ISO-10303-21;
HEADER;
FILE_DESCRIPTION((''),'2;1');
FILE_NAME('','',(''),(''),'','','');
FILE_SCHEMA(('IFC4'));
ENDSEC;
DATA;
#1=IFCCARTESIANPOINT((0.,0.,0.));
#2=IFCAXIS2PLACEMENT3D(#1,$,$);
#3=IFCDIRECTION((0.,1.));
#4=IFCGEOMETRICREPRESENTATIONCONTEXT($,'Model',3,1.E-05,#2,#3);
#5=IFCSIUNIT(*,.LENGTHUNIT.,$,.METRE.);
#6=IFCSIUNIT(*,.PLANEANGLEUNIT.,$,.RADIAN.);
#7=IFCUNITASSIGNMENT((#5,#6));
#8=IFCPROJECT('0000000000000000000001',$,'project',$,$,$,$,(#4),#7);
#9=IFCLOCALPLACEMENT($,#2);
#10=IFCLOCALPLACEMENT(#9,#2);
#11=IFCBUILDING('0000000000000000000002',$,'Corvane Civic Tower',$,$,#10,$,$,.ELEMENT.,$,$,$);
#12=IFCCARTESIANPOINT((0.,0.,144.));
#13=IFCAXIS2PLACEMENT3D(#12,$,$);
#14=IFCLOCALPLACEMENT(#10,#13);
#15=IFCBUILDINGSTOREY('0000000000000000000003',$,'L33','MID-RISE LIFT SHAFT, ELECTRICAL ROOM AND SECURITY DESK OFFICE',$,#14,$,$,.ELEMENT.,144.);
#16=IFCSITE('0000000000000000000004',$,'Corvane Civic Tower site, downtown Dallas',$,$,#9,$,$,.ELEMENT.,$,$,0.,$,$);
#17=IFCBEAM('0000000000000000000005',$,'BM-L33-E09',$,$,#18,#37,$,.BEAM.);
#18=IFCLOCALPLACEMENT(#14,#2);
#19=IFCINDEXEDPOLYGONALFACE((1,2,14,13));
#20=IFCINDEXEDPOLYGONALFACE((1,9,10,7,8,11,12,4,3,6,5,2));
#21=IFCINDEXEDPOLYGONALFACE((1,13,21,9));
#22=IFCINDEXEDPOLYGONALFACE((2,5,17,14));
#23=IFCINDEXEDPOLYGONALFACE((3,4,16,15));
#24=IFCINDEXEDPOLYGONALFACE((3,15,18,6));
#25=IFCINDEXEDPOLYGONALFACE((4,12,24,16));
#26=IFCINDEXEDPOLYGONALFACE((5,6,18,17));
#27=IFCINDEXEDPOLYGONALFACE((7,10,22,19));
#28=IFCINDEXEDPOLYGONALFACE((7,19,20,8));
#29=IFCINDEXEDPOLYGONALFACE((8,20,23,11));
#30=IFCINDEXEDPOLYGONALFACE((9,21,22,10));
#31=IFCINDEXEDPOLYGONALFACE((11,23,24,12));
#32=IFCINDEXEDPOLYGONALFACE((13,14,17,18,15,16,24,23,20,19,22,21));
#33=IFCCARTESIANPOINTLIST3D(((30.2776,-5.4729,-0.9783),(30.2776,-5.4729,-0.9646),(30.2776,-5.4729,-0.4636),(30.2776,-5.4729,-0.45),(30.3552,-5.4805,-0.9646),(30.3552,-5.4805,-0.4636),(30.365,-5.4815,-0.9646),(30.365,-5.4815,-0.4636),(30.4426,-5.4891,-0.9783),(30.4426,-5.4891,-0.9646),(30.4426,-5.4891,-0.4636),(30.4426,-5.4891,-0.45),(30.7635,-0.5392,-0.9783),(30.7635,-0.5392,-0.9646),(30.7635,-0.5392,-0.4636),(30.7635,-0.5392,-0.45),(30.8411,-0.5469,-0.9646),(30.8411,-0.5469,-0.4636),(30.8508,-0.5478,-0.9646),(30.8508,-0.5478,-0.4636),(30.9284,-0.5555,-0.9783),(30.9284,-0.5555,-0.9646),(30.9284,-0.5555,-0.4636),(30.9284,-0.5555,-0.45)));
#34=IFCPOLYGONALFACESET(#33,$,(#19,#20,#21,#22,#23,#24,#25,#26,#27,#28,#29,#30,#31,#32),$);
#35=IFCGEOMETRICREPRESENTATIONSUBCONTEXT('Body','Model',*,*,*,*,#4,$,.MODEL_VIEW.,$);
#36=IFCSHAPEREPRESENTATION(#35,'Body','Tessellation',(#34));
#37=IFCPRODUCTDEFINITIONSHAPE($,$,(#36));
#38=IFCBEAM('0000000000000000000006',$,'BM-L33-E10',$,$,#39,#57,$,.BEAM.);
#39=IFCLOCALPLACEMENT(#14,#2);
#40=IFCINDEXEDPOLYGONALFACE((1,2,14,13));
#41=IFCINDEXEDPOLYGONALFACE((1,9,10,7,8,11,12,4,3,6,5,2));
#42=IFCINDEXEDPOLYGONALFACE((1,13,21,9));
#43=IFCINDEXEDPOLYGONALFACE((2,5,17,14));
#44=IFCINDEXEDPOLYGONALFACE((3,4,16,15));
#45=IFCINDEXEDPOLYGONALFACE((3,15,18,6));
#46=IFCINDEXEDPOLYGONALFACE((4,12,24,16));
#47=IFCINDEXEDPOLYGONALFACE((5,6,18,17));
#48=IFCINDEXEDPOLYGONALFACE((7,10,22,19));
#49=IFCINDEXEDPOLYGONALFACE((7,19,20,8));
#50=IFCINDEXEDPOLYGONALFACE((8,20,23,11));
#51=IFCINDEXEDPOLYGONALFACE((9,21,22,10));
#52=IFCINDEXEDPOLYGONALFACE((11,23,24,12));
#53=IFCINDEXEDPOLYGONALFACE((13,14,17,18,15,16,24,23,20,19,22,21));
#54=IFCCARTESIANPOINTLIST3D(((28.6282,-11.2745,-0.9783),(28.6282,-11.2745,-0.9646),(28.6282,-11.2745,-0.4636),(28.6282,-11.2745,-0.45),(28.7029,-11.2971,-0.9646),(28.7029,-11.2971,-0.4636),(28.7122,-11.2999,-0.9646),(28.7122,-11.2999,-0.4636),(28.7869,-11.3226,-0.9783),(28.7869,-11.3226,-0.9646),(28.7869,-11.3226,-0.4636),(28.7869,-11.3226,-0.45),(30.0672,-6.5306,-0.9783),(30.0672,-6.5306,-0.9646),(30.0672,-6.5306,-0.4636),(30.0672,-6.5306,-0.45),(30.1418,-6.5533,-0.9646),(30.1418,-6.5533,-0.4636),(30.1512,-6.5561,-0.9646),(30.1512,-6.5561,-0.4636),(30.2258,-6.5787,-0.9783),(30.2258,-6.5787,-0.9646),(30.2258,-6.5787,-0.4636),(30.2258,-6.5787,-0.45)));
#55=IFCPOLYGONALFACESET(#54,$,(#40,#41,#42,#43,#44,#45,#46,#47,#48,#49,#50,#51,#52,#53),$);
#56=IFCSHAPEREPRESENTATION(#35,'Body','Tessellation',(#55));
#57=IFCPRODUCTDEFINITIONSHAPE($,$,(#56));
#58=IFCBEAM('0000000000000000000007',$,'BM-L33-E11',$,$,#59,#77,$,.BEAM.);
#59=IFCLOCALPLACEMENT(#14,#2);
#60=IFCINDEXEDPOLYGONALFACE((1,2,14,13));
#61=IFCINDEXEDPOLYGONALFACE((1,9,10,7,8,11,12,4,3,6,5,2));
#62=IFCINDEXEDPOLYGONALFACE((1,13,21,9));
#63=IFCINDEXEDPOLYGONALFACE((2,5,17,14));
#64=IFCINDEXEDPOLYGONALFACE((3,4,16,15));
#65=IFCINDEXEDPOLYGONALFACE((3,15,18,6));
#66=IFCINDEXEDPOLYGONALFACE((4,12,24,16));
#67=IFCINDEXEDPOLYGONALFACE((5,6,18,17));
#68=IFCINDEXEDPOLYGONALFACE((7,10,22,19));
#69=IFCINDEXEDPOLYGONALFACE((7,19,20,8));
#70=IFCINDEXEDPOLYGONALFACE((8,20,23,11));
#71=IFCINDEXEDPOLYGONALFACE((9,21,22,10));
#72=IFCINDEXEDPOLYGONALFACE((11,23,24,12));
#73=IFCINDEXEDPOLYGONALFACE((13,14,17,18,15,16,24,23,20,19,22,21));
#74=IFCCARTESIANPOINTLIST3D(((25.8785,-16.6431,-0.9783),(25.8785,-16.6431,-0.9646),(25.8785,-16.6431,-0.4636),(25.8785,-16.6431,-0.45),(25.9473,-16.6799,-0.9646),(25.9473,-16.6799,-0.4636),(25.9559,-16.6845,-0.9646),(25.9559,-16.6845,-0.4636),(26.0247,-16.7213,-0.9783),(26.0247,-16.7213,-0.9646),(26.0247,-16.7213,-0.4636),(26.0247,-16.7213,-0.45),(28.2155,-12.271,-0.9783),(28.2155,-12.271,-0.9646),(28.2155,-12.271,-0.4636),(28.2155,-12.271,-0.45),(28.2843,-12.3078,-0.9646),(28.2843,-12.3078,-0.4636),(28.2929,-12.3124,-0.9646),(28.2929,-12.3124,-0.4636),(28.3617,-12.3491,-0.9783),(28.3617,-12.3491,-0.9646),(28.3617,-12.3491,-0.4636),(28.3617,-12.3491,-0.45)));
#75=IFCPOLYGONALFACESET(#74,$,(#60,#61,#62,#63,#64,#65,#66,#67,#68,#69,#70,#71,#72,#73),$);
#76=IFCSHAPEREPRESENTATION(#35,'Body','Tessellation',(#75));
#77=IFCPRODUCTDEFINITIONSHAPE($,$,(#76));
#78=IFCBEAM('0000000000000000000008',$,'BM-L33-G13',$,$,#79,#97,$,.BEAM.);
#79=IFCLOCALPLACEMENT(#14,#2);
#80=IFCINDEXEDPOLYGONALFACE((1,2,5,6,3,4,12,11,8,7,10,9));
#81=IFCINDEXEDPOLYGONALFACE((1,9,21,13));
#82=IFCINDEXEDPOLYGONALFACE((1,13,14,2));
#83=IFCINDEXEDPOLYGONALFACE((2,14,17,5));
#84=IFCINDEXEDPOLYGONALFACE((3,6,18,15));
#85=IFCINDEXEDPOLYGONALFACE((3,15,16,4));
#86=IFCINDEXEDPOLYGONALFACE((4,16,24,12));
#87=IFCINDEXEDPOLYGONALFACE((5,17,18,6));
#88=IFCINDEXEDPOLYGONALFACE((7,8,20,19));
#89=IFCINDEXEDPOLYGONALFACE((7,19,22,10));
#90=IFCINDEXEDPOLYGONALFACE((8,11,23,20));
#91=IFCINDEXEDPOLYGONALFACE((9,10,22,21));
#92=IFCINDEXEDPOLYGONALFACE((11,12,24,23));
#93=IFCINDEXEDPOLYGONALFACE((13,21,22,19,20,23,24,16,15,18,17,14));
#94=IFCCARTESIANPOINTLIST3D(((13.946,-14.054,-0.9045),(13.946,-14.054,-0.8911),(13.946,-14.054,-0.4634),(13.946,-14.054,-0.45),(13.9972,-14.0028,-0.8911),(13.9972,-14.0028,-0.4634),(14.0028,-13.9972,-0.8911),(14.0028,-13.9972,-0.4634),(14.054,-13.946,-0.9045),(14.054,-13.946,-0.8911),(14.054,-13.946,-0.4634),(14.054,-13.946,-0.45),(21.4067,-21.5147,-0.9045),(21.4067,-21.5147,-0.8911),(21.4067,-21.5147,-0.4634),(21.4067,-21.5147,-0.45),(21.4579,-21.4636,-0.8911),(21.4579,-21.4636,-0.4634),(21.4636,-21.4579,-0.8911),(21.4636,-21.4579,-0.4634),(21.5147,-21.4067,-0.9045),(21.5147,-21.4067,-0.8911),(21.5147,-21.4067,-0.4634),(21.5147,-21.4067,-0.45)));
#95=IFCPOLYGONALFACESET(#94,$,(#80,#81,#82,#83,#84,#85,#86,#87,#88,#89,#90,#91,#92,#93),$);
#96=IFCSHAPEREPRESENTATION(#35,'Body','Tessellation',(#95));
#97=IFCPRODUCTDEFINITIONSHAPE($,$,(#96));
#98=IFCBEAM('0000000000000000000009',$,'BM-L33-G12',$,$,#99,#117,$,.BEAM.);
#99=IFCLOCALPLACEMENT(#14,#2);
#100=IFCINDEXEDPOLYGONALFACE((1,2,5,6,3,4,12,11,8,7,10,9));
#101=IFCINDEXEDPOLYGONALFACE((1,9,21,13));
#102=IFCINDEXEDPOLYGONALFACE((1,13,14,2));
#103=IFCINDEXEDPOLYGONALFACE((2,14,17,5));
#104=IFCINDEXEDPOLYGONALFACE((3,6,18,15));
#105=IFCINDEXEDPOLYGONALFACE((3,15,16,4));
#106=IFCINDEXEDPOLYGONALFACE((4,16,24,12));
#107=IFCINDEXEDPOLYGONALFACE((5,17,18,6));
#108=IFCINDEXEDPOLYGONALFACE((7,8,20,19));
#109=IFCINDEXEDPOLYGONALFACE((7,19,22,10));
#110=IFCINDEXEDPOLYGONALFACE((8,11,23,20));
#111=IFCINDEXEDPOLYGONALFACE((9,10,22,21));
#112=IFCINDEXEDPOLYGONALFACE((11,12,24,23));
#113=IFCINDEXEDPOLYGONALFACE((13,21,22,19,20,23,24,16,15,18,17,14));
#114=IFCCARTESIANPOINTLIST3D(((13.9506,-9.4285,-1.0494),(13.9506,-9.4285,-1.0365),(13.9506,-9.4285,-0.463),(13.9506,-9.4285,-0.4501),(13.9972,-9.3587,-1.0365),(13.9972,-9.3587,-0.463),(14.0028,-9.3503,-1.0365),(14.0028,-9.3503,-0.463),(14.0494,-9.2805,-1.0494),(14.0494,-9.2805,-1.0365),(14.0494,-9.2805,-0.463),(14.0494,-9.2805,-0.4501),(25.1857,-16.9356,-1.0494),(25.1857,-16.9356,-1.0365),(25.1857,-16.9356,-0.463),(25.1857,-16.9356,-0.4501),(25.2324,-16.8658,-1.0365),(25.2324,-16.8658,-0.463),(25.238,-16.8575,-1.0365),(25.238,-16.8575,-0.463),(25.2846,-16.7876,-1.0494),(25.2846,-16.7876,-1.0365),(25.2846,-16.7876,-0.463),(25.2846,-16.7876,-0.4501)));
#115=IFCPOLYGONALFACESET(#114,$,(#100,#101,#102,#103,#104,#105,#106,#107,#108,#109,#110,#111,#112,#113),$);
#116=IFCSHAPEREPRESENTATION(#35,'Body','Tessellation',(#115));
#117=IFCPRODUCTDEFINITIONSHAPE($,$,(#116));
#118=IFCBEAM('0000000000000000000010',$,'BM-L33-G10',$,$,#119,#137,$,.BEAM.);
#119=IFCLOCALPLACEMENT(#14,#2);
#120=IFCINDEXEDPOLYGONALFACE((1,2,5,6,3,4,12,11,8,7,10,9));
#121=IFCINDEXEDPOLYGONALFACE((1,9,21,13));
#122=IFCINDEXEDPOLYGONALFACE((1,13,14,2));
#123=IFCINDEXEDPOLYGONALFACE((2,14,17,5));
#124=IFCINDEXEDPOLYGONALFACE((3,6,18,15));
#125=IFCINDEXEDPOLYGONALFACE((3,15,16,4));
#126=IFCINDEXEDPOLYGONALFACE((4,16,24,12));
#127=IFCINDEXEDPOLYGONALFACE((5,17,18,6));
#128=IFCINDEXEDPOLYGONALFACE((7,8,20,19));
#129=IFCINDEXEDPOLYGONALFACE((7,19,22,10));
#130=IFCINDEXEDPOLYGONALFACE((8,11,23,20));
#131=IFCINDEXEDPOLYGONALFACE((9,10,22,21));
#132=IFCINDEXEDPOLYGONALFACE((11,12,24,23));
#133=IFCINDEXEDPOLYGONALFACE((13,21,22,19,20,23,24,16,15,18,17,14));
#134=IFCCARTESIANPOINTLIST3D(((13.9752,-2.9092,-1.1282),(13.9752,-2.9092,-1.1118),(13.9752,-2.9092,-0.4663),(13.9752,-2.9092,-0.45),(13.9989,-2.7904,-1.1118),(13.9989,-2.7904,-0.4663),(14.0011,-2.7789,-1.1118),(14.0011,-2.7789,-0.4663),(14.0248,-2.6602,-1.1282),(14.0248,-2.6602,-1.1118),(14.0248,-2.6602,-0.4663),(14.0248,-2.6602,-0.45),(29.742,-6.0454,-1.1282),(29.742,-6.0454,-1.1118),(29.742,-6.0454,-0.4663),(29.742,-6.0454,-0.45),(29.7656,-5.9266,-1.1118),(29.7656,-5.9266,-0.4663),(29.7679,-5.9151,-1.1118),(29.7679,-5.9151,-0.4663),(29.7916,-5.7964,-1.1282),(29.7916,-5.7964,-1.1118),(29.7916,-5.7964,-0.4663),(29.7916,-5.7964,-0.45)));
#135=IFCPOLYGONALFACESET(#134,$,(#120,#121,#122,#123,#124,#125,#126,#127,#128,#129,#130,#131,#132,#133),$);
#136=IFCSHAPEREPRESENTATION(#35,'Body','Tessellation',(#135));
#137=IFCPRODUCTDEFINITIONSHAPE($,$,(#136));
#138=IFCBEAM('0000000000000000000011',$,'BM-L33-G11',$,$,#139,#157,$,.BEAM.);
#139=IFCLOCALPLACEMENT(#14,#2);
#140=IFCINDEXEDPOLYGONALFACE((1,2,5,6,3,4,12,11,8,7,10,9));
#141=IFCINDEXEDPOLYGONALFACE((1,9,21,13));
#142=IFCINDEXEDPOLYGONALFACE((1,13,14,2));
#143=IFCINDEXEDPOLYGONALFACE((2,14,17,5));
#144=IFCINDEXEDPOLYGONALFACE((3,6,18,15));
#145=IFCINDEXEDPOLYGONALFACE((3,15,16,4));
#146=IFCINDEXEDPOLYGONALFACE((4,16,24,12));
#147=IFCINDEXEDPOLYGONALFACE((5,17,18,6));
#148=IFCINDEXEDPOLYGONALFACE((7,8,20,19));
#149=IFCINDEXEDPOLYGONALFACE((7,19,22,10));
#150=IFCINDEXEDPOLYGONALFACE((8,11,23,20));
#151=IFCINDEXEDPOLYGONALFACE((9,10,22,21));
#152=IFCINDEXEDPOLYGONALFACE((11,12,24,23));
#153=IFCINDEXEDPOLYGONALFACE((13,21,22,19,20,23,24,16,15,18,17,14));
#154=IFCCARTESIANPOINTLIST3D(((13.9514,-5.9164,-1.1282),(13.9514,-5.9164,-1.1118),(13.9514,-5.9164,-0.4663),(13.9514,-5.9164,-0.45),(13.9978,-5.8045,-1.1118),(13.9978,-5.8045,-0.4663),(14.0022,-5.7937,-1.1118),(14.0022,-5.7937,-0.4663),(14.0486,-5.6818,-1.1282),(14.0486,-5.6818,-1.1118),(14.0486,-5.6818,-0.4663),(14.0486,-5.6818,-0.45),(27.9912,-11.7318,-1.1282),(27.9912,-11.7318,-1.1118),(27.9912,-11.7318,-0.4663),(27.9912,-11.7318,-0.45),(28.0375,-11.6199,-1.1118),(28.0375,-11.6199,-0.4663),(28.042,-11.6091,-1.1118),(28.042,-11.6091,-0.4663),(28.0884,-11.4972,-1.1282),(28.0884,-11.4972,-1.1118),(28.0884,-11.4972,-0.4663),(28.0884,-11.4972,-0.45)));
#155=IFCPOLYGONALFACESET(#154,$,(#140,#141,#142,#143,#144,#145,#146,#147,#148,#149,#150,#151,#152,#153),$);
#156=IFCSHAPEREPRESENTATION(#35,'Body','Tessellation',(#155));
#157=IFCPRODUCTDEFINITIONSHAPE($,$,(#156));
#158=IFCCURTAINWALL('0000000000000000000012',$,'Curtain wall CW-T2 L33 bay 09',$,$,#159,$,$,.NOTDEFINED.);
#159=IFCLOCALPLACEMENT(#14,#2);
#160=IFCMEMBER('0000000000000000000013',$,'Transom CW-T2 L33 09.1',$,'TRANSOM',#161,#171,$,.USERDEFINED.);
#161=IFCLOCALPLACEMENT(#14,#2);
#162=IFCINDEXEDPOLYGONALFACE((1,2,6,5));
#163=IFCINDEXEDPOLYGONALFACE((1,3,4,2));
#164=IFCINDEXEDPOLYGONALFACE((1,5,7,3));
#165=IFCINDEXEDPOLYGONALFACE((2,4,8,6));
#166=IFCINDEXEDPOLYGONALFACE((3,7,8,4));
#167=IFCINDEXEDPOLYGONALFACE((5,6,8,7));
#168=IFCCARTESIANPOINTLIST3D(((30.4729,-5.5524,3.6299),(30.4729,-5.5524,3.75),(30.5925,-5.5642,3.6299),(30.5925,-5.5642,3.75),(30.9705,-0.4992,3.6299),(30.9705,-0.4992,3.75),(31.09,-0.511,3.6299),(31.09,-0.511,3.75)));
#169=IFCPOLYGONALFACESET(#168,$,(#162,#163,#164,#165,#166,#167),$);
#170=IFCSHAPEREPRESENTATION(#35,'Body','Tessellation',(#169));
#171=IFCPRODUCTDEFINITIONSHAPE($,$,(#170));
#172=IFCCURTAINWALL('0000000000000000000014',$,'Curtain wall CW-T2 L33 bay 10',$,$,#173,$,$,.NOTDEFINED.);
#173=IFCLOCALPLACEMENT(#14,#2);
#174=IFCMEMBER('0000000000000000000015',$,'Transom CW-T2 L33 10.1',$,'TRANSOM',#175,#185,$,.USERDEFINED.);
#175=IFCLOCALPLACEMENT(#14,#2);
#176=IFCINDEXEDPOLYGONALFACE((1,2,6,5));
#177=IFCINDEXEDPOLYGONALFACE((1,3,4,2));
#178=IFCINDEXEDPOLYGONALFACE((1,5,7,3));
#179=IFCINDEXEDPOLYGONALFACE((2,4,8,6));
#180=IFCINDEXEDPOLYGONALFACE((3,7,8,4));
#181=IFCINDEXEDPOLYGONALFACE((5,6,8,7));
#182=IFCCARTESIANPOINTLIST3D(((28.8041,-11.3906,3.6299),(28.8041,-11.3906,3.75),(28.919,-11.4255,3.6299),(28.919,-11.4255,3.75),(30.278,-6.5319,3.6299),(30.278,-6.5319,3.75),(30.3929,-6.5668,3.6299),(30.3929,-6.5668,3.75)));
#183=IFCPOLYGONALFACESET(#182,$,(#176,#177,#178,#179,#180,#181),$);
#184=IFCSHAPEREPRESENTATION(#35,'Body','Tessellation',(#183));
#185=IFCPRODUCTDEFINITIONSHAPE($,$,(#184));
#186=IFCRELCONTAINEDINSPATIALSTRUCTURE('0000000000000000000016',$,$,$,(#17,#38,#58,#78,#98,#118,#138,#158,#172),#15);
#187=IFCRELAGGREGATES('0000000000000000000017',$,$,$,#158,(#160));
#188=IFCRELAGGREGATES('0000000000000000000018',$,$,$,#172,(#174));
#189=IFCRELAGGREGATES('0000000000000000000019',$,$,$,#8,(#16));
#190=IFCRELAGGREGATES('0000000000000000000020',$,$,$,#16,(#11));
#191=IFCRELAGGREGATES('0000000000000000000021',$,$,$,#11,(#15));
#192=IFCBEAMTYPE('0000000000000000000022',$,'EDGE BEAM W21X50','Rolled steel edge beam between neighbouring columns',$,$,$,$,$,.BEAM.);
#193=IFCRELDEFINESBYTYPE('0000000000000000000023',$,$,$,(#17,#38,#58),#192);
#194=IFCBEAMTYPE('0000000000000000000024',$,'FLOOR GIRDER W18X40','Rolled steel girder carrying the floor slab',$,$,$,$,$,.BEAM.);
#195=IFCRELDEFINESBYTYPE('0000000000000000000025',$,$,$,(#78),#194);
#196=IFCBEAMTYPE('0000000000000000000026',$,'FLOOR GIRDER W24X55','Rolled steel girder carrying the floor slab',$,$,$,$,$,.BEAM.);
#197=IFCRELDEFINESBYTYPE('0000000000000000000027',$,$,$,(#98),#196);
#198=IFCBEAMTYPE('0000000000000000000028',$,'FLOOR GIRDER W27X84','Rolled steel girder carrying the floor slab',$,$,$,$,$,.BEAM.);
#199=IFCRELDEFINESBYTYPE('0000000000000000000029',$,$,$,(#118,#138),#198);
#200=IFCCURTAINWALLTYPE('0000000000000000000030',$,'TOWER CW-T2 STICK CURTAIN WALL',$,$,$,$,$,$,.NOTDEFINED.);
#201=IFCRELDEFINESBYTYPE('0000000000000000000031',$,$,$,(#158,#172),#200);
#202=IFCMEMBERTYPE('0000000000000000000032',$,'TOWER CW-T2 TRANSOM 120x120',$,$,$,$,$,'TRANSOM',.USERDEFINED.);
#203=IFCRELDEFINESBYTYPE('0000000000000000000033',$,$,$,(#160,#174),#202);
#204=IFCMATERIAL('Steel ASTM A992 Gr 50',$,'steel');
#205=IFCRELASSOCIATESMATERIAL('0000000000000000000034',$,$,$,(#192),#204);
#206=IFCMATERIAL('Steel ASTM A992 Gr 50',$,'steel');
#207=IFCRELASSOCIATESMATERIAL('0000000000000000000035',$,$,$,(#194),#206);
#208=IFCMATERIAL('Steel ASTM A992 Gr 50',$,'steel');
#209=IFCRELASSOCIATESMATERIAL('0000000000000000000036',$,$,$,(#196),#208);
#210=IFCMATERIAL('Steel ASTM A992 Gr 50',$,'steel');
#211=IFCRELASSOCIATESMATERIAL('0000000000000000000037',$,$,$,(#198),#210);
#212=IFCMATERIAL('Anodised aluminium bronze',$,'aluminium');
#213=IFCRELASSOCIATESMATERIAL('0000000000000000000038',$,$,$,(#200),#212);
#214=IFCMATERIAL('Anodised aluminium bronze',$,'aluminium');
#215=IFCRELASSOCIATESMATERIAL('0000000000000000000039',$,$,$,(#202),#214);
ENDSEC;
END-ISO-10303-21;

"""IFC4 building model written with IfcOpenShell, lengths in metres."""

from ifc_helpers import new_model, si_unit, direction, frame, origin, origin_2d, place, context, subcontext, project, spatial, rectangle, i_section, extrude, material, material_profile, profile_set, type_object, element, aggregate, save


model = new_model("IFC4")

# Units and contexts
model_context = context("Model", 3, precision=1e-05, world=origin(), true_north=direction((0.0, 1.0)))
body_context = subcontext(model_context, "Body", "Model", "MODEL_VIEW")
ifc_project = project(units=[si_unit("LENGTHUNIT", "METRE"), si_unit("PLANEANGLEUNIT", "RADIAN")], contexts=[model_context])

# Site, building, storey
site_placement = place(None, origin())
site = spatial("IfcSite", under=ifc_project, at=site_placement, Name="Corvane Civic Tower site, downtown Dallas", CompositionType="ELEMENT", RefElevation=0.0)
building_placement = place(site_placement, origin())
building = spatial("IfcBuilding", under=site, at=building_placement, Name="Corvane Civic Tower", CompositionType="ELEMENT")
storey_placement = place(building_placement, frame((0.0, 0.0, 144.0)))
storey = spatial("IfcBuildingStorey", under=building, at=storey_placement, Name="L33", Description="MID-RISE LIFT SHAFT, ELECTRICAL ROOM AND SECURITY DESK OFFICE", CompositionType="ELEMENT", Elevation=144.0)

# Beams
ifc_material_1 = material(Name="Steel ASTM A992 Gr 50", Category="steel")
ifc_material_profile_1 = material_profile(ifc_material_1, i_section(OverallWidth=0.1658, OverallDepth=0.5283, WebThickness=0.0098, FlangeThickness=0.0137, at=origin_2d()), Name="W21X50")
ifc_profile_set_1 = profile_set([ifc_material_profile_1], Name="Steel ASTM A992 Gr 50")
beam_type_1 = type_object("IfcBeamType", Name="EDGE BEAM W21X50", Description="Rolled steel edge beam between neighbouring columns", PredefinedType="BEAM", material=ifc_profile_set_1)
beam_1_placement = place(storey_placement, frame((30.8459, -0.5474, -0.7141), z_axis=(-0.098002, -0.995186, 0.0), x_axis=(0.995186, -0.098002, 0.0)))
element("IfcBeam", 1, at=beam_1_placement, inside=storey, type_object=beam_type_1, Name="BM-L33-E09", PredefinedType="BEAM", context=body_context, shape_type="SweptSolid", body=[
    extrude(i_section(OverallWidth=0.1658, OverallDepth=0.5283, WebThickness=0.0098, FlangeThickness=0.0137, at=origin_2d()), origin(), (0.0, 0.0, 1.0), 4.9575),
])
beam_2_placement = place(storey_placement, frame((30.1465, -6.5547, -0.7141), z_axis=(-0.29027, -0.956945, 0.0), x_axis=(0.956945, -0.29027, 0.0)))
element("IfcBeam", 2, at=beam_2_placement, inside=storey, type_object=beam_type_1, Name="BM-L33-E10", PredefinedType="BEAM", context=body_context, shape_type="SweptSolid", body=[
    extrude(i_section(OverallWidth=0.1658, OverallDepth=0.5283, WebThickness=0.0098, FlangeThickness=0.0137, at=origin_2d()), origin(), (0.0, 0.0, 1.0), 4.9573),
])
beam_3_placement = place(storey_placement, frame((28.2886, -12.3101, -0.7141), z_axis=(-0.471396, -0.881922, 0.0), x_axis=(0.881922, -0.471396, 0.0)))
element("IfcBeam", 3, at=beam_3_placement, inside=storey, type_object=beam_type_1, Name="BM-L33-E11", PredefinedType="BEAM", context=body_context, shape_type="SweptSolid", body=[
    extrude(i_section(OverallWidth=0.1658, OverallDepth=0.5283, WebThickness=0.0098, FlangeThickness=0.0137, at=origin_2d()), origin(), (0.0, 0.0, 1.0), 4.9575),
])
ifc_material_2 = material(Name="Steel ASTM A992 Gr 50", Category="steel")
ifc_material_profile_2 = material_profile(ifc_material_2, i_section(OverallWidth=0.1528, OverallDepth=0.4546, WebThickness=0.0081, FlangeThickness=0.0134, at=origin_2d()), Name="W18X40")
ifc_profile_set_2 = profile_set([ifc_material_profile_2], Name="Steel ASTM A992 Gr 50")
beam_type_2 = type_object("IfcBeamType", Name="FLOOR GIRDER W18X40", Description="Rolled steel girder carrying the floor slab", PredefinedType="BEAM", material=ifc_profile_set_2)
beam_4_placement = place(storey_placement, frame((14.0, -14.0, -0.6772), z_axis=(0.707107, -0.707107, 0.0), x_axis=(0.707107, 0.707107, 0.0)))
element("IfcBeam", 4, at=beam_4_placement, inside=storey, type_object=beam_type_2, Name="BM-L33-G13", PredefinedType="BEAM", context=body_context, shape_type="SweptSolid", body=[
    extrude(i_section(OverallWidth=0.1528, OverallDepth=0.4546, WebThickness=0.0081, FlangeThickness=0.0134, at=origin_2d()), origin(), (0.0, 0.0, 1.0), 10.551),
])
ifc_material_3 = material(Name="Steel ASTM A992 Gr 50", Category="steel")
ifc_material_profile_3 = material_profile(ifc_material_3, i_section(OverallWidth=0.178, OverallDepth=0.5994, WebThickness=0.01, FlangeThickness=0.0129, at=origin_2d()), Name="W24X55")
ifc_profile_set_3 = profile_set([ifc_material_profile_3], Name="Steel ASTM A992 Gr 50")
beam_type_3 = type_object("IfcBeamType", Name="FLOOR GIRDER W24X55", Description="Rolled steel girder carrying the floor slab", PredefinedType="BEAM", material=ifc_profile_set_3)
beam_5_placement = place(storey_placement, frame((14.0, -9.3545, -0.7498), z_axis=(0.831469, -0.555571, 0.0), x_axis=(0.555571, 0.831469, 0.0)))
element("IfcBeam", 5, at=beam_5_placement, inside=storey, type_object=beam_type_3, Name="BM-L33-G12", PredefinedType="BEAM", context=body_context, shape_type="SweptSolid", body=[
    extrude(i_section(OverallWidth=0.178, OverallDepth=0.5994, WebThickness=0.01, FlangeThickness=0.0129, at=origin_2d()), origin(), (0.0, 0.0, 1.0), 13.5125),
])
ifc_material_4 = material(Name="Steel ASTM A992 Gr 50", Category="steel")
ifc_material_profile_4 = material_profile(ifc_material_4, i_section(OverallWidth=0.2539, OverallDepth=0.6782, WebThickness=0.0117, FlangeThickness=0.0164, at=origin_2d()), Name="W27X84")
ifc_profile_set_4 = profile_set([ifc_material_profile_4], Name="Steel ASTM A992 Gr 50")
beam_type_4 = type_object("IfcBeamType", Name="FLOOR GIRDER W27X84", Description="Rolled steel girder carrying the floor slab", PredefinedType="BEAM", material=ifc_profile_set_4)
beam_6_placement = place(storey_placement, frame((14.0, -2.7847, -0.7891), z_axis=(0.980785, -0.195091, 0.0), x_axis=(0.195091, 0.980785, 0.0)))
element("IfcBeam", 6, at=beam_6_placement, inside=storey, type_object=beam_type_4, Name="BM-L33-G10", PredefinedType="BEAM", context=body_context, shape_type="SweptSolid", body=[
    extrude(i_section(OverallWidth=0.2539, OverallDepth=0.6782, WebThickness=0.0117, FlangeThickness=0.0164, at=origin_2d()), origin(), (0.0, 0.0, 1.0), 16.0757),
])
beam_7_placement = place(storey_placement, frame((14.0, -5.7991, -0.7891), z_axis=(0.923881, -0.382681, 0.0), x_axis=(0.382681, 0.923881, 0.0)))
element("IfcBeam", 7, at=beam_7_placement, inside=storey, type_object=beam_type_4, Name="BM-L33-G11", PredefinedType="BEAM", context=body_context, shape_type="SweptSolid", body=[
    extrude(i_section(OverallWidth=0.2539, OverallDepth=0.6782, WebThickness=0.0117, FlangeThickness=0.0164, at=origin_2d()), origin(), (0.0, 0.0, 1.0), 15.1965),
])

# Curtain walls, members
ifc_material_5 = material(Name="Anodised aluminium bronze", Category="aluminium")
curtain_wall_type = type_object("IfcCurtainWallType", Name="TOWER CW-T2 STICK CURTAIN WALL", PredefinedType="NOTDEFINED", material=ifc_material_5)
curtain_wall_1_placement = place(storey_placement, origin())
curtain_wall_1 = element("IfcCurtainWall", 8, at=curtain_wall_1_placement, inside=storey, type_object=curtain_wall_type, Name="Curtain wall CW-T2 L33 bay 09", PredefinedType="NOTDEFINED")
ifc_material_6 = material(Name="Anodised aluminium bronze", Category="aluminium")
ifc_material_profile_5 = material_profile(ifc_material_6, rectangle(XDim=0.1201, YDim=0.1201, at=origin_2d()), Name="TOWER CW-T2 TRANSOM 120x120")
ifc_profile_set_5 = profile_set([ifc_material_profile_5], Name="Anodised aluminium bronze")
member_type = type_object("IfcMemberType", Name="TOWER CW-T2 TRANSOM 120x120", ElementType="TRANSOM", PredefinedType="USERDEFINED", material=ifc_profile_set_5)
member_1_placement = place(storey_placement, frame((31.0303, -0.5051, 3.6899), z_axis=(-0.09799, -0.995187, 0.0), x_axis=(0.995187, -0.09799, 0.0)))
member_1 = element("IfcMember", 9, at=member_1_placement, type_object=member_type, Name="Transom CW-T2 L33 09.1", ObjectType="TRANSOM", PredefinedType="USERDEFINED", context=body_context, shape_type="SweptSolid", body=[
    extrude(rectangle(XDim=0.1201, YDim=0.1201, at=origin_2d()), origin(), (0.0, 0.0, 1.0), 5.0776),
])
curtain_wall_2_placement = place(storey_placement, origin())
curtain_wall_2 = element("IfcCurtainWall", 10, at=curtain_wall_2_placement, inside=storey, type_object=curtain_wall_type, Name="Curtain wall CW-T2 L33 bay 10", PredefinedType="NOTDEFINED")
member_2_placement = place(storey_placement, frame((30.3354, -6.5493, 3.6899), z_axis=(-0.290289, -0.956939, 0.0), x_axis=(0.956939, -0.290289, 0.0)))
member_2 = element("IfcMember", 11, at=member_2_placement, type_object=member_type, Name="Transom CW-T2 L33 10.1", ObjectType="TRANSOM", PredefinedType="USERDEFINED", context=body_context, shape_type="SweptSolid", body=[
    extrude(rectangle(XDim=0.1201, YDim=0.1201, at=origin_2d()), origin(), (0.0, 0.0, 1.0), 5.0774),
])

aggregate(curtain_wall_1, [member_1])
aggregate(curtain_wall_2, [member_2])

save(model, "model.ifc")
